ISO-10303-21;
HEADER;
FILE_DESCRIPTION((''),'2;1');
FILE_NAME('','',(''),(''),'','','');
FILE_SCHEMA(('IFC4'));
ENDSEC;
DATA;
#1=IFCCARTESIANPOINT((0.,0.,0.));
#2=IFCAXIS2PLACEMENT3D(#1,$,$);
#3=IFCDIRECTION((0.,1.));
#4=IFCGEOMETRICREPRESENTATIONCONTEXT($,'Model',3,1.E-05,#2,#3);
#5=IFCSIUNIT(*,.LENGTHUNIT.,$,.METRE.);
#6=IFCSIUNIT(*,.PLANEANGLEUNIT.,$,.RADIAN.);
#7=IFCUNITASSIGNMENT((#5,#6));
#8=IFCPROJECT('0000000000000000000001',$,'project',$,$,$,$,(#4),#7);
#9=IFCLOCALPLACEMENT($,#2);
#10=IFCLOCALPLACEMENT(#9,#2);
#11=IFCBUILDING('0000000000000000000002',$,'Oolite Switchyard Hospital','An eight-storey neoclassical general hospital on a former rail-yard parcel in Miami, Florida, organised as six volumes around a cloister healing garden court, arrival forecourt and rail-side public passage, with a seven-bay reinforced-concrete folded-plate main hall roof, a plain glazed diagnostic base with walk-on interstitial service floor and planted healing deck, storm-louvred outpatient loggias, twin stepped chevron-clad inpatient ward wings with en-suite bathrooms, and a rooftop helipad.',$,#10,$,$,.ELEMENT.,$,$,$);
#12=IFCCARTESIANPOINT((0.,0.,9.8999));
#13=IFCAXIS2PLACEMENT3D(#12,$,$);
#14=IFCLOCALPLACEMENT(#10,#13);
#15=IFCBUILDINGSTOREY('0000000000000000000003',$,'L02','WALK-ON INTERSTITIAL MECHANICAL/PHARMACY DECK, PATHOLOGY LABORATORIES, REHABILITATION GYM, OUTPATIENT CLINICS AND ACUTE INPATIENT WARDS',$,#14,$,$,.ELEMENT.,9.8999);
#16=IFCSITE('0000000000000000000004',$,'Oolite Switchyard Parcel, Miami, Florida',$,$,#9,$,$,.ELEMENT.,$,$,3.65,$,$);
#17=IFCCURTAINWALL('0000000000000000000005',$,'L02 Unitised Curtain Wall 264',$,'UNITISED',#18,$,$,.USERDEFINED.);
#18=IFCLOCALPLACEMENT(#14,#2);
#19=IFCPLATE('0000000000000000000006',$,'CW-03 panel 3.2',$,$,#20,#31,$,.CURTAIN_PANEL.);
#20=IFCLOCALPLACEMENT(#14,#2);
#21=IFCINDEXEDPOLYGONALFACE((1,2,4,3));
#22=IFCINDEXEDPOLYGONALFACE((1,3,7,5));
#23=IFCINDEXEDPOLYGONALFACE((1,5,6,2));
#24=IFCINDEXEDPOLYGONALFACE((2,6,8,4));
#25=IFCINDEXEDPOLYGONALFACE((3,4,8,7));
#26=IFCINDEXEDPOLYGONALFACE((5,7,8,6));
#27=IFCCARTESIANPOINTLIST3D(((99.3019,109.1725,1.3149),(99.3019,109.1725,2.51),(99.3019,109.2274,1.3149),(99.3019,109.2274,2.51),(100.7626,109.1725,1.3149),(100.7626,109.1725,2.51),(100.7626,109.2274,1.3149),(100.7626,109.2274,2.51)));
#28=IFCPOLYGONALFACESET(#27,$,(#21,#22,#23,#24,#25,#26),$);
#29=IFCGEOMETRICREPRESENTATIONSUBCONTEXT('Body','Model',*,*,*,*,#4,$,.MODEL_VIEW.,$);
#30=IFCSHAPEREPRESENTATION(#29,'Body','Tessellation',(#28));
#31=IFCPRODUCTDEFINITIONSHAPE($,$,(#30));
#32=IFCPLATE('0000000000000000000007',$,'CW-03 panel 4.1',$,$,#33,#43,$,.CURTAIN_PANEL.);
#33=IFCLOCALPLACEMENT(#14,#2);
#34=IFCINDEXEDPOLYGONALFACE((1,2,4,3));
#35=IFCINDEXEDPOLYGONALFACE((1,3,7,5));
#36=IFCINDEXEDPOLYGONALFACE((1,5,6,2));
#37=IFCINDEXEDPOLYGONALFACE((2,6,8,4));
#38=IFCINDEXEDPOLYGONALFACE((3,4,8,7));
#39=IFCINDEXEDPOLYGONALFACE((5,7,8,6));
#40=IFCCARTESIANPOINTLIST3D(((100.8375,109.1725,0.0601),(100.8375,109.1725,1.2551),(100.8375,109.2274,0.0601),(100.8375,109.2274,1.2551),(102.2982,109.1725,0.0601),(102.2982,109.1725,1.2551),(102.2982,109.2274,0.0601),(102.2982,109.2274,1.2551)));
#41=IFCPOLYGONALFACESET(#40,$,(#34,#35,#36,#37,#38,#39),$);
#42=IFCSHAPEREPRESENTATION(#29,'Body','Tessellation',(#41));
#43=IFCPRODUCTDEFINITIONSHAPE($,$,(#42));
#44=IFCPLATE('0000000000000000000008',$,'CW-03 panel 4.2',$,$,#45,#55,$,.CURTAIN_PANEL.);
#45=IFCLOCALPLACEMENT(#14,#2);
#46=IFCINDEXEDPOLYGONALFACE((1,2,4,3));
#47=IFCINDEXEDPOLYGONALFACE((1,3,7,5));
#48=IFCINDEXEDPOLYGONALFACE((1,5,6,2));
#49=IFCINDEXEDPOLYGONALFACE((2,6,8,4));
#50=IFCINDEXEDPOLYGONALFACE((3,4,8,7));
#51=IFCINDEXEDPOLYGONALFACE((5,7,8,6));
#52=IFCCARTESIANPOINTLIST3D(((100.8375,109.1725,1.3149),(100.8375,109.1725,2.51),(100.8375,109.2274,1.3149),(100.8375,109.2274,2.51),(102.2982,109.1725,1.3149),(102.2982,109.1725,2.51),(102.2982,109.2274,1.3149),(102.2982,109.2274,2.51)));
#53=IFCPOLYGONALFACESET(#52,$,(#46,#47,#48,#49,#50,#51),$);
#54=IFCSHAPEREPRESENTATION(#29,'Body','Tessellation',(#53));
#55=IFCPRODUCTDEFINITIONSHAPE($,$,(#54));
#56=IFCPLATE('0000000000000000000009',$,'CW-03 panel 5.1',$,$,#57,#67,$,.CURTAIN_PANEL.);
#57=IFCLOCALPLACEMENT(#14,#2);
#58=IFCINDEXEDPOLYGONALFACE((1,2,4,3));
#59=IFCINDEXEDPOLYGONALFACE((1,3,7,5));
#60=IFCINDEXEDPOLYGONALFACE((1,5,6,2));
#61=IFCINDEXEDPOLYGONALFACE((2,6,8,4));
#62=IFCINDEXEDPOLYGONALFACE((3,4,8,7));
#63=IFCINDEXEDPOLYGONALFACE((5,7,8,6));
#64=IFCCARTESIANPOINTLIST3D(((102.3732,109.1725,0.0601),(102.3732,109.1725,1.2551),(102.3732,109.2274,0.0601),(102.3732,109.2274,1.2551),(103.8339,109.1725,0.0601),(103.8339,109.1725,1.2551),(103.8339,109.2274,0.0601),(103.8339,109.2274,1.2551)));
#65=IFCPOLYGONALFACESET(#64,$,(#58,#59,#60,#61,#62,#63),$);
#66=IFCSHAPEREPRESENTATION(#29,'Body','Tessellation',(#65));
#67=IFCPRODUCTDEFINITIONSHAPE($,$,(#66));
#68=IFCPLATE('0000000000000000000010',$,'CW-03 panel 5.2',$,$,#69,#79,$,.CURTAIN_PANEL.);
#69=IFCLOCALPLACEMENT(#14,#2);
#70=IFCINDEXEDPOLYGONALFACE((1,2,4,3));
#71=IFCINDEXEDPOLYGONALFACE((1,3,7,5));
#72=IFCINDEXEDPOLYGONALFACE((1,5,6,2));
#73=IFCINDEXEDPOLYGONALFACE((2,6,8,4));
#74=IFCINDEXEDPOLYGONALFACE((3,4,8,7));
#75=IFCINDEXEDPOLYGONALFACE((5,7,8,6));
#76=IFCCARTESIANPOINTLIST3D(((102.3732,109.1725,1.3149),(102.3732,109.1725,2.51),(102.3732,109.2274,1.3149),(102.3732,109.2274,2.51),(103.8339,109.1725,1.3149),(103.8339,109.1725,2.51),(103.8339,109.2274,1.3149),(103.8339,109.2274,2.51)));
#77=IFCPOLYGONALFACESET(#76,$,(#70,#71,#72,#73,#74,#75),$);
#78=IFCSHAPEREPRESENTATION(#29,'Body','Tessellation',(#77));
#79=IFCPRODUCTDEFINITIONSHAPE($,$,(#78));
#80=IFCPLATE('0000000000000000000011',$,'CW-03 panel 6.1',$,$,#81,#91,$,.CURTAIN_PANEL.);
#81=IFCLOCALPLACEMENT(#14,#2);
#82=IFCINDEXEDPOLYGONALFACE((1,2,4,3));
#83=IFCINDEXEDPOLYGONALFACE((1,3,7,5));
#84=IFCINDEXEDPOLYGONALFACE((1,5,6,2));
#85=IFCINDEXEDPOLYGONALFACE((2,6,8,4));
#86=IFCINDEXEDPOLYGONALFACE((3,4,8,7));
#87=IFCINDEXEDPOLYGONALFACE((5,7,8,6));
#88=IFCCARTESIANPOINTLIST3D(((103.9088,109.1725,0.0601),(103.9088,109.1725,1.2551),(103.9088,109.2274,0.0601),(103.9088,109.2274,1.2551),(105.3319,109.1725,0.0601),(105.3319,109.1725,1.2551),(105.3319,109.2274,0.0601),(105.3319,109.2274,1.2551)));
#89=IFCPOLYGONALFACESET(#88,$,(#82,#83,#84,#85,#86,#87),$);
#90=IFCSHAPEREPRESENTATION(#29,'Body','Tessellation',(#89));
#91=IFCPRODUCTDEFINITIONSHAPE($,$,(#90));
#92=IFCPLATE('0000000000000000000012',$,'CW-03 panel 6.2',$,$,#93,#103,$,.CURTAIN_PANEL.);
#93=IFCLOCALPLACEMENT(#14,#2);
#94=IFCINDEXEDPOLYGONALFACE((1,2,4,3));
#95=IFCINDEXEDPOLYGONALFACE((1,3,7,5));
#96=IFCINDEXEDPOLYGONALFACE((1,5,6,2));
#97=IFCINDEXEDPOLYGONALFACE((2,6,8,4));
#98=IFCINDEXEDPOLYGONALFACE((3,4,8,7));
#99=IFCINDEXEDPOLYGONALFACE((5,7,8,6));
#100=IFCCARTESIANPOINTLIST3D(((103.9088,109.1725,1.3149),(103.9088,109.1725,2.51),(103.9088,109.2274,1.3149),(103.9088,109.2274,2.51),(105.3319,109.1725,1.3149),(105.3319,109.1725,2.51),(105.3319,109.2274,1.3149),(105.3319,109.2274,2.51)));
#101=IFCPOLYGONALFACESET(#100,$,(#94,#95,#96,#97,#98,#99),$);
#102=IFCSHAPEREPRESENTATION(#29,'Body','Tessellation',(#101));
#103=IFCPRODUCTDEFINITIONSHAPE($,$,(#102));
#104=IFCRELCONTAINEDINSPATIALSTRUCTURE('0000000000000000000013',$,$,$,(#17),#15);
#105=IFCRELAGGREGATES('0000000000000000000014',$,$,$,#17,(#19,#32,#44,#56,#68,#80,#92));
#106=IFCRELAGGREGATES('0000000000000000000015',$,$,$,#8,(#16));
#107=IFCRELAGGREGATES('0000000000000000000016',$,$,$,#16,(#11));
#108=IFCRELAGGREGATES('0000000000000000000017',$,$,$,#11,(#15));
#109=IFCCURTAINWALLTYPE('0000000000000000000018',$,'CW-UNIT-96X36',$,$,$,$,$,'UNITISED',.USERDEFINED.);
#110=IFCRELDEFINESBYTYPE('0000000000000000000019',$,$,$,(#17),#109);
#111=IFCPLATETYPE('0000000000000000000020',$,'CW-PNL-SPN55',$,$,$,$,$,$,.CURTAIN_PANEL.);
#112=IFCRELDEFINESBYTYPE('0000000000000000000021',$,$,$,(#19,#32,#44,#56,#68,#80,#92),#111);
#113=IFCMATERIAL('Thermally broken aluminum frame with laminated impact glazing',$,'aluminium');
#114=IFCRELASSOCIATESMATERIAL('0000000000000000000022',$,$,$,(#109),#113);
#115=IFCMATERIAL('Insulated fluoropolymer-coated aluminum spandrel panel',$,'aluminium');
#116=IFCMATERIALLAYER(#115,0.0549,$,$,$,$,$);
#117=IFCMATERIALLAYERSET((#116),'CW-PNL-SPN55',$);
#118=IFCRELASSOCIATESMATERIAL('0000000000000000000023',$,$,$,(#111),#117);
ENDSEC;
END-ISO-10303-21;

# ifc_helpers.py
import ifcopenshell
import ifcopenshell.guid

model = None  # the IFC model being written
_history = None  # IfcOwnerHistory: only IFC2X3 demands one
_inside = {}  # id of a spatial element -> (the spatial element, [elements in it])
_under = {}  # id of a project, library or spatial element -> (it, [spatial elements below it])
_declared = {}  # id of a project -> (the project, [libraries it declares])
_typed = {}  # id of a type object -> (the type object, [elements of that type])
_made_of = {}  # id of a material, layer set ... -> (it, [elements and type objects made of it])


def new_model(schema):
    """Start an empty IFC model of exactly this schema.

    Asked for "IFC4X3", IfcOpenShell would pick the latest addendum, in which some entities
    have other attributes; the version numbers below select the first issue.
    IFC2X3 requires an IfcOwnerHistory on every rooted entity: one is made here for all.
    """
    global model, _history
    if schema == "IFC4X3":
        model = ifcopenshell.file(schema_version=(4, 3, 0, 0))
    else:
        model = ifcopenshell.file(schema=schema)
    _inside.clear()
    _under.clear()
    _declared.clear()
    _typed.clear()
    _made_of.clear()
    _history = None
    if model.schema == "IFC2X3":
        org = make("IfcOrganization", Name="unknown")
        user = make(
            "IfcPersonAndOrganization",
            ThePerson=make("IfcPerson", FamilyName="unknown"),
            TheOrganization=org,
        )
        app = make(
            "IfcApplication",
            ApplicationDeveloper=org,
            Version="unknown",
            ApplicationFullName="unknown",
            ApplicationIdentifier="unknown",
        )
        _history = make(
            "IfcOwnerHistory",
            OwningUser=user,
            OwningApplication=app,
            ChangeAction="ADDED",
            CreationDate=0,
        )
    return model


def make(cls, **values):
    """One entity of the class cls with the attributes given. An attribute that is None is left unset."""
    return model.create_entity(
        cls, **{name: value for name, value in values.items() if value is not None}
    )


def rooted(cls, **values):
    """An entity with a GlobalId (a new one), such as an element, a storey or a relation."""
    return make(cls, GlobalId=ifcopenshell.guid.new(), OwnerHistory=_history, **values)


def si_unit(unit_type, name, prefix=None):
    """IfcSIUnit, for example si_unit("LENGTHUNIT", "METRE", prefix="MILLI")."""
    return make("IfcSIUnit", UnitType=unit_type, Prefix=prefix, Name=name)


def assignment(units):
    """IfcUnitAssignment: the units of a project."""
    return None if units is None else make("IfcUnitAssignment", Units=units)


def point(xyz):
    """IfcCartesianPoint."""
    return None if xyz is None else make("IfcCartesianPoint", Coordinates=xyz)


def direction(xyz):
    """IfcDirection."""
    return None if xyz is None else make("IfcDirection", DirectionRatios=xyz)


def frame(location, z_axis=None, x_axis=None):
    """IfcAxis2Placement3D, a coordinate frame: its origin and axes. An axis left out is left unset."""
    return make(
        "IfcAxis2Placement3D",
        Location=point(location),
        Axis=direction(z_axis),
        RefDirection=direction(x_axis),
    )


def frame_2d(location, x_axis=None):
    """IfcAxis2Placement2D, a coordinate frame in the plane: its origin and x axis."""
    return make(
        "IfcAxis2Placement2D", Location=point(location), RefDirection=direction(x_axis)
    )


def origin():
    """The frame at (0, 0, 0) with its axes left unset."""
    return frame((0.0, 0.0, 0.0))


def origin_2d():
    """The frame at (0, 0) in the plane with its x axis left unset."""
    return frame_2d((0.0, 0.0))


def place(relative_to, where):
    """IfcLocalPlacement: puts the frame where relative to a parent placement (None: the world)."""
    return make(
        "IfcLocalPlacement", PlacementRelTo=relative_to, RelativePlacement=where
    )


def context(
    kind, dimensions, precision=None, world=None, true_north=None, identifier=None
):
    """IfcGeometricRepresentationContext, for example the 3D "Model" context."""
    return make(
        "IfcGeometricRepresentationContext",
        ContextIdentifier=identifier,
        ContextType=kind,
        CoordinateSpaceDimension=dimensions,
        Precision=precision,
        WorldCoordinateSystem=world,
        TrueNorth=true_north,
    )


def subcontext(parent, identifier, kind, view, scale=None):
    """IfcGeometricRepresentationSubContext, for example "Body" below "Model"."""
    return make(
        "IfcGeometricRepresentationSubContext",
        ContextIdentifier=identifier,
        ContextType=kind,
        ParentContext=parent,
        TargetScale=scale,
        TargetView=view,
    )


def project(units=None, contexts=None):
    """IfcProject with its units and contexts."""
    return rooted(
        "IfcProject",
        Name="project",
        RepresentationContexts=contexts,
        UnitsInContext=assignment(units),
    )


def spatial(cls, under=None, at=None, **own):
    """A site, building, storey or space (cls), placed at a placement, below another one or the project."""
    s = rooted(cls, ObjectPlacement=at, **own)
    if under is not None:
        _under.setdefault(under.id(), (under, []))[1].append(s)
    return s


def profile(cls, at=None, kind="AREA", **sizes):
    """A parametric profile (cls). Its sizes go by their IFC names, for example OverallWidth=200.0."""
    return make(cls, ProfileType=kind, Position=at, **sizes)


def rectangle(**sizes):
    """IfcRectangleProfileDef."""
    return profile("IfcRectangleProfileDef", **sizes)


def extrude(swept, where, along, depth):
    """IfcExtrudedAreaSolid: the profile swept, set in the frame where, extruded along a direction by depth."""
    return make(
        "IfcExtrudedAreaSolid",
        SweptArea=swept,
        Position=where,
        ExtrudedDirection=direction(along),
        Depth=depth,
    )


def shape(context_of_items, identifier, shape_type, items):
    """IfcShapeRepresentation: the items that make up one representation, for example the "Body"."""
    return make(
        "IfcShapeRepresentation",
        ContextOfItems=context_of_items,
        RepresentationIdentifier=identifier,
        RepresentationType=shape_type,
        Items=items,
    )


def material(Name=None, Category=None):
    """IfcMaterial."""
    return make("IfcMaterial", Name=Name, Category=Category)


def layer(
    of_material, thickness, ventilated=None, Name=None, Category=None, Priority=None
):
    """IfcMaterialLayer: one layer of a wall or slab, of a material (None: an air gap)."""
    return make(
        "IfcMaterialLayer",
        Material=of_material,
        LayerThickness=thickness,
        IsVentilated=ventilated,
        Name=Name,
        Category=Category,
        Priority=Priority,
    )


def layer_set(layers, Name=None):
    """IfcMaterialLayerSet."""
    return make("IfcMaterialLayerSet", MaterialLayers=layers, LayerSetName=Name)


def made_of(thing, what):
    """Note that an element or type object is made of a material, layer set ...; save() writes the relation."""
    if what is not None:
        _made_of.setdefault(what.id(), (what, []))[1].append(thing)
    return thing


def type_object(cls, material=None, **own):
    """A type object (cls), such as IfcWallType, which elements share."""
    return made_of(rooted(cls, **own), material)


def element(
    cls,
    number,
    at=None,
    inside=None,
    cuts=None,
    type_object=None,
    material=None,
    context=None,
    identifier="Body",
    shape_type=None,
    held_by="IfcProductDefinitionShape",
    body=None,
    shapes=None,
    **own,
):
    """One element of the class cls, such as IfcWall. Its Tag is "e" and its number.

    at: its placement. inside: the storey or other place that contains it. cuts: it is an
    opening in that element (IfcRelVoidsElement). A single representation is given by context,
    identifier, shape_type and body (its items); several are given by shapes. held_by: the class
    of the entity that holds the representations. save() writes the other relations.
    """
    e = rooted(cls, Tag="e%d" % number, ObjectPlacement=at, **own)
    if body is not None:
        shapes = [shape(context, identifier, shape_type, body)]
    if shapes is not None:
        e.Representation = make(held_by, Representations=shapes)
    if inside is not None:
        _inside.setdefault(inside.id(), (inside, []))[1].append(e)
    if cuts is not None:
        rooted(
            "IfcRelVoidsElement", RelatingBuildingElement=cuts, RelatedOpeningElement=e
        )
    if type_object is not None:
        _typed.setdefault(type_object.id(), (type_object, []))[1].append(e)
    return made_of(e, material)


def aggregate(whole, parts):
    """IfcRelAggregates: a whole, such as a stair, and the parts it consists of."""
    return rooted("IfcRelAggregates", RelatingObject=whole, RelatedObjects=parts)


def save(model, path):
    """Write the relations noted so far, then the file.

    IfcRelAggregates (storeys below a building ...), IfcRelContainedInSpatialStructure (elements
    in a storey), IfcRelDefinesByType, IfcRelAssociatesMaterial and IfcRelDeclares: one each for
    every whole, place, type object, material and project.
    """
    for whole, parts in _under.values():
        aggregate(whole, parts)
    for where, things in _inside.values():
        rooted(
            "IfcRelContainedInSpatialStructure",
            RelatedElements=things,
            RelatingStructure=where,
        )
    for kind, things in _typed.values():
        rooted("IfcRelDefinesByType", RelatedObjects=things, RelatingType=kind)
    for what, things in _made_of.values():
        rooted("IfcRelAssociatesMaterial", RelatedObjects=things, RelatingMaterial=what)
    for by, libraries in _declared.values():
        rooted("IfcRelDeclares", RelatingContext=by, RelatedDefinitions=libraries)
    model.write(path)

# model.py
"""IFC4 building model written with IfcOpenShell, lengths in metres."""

from ifc_helpers import new_model, si_unit, direction, frame, origin, origin_2d, place, context, subcontext, project, spatial, rectangle, extrude, material, layer, layer_set, type_object, element, aggregate, save


model = new_model("IFC4")

# Units and contexts
model_context = context("Model", 3, precision=1e-05, world=origin(), true_north=direction((0.0, 1.0)))
body_context = subcontext(model_context, "Body", "Model", "MODEL_VIEW")
ifc_project = project(units=[si_unit("LENGTHUNIT", "METRE"), si_unit("PLANEANGLEUNIT", "RADIAN")], contexts=[model_context])

# Site, building, storey
site_placement = place(None, origin())
site = spatial("IfcSite", under=ifc_project, at=site_placement, Name="Oolite Switchyard Parcel, Miami, Florida", CompositionType="ELEMENT", RefElevation=3.65)
building_placement = place(site_placement, origin())
building = spatial("IfcBuilding", under=site, at=building_placement, Name="Oolite Switchyard Hospital", Description="An eight-storey neoclassical general hospital on a former rail-yard parcel in Miami, Florida, organised as six volumes around a cloister healing garden court, arrival forecourt and rail-side public passage, with a seven-bay reinforced-concrete folded-plate main hall roof, a plain glazed diagnostic base with walk-on interstitial service floor and planted healing deck, storm-louvred outpatient loggias, twin stepped chevron-clad inpatient ward wings with en-suite bathrooms, and a rooftop helipad.", CompositionType="ELEMENT")
storey_placement = place(building_placement, frame((0.0, 0.0, 9.8999)))
storey = spatial("IfcBuildingStorey", under=building, at=storey_placement, Name="L02", Description="WALK-ON INTERSTITIAL MECHANICAL/PHARMACY DECK, PATHOLOGY LABORATORIES, REHABILITATION GYM, OUTPATIENT CLINICS AND ACUTE INPATIENT WARDS", CompositionType="ELEMENT", Elevation=9.8999)

# Curtain wall, plates
ifc_material_1 = material(Name="Thermally broken aluminum frame with laminated impact glazing", Category="aluminium")
curtain_wall_type = type_object("IfcCurtainWallType", Name="CW-UNIT-96X36", ElementType="UNITISED", PredefinedType="USERDEFINED", material=ifc_material_1)
curtain_wall_placement = place(storey_placement, origin())
curtain_wall = element("IfcCurtainWall", 1, at=curtain_wall_placement, inside=storey, type_object=curtain_wall_type, Name="L02 Unitised Curtain Wall 264", ObjectType="UNITISED", PredefinedType="USERDEFINED")
ifc_material_2 = material(Name="Insulated fluoropolymer-coated aluminum spandrel panel", Category="aluminium")
ifc_layer = layer(ifc_material_2, 0.0549)
ifc_layer_set = layer_set([ifc_layer], Name="CW-PNL-SPN55")
plate_type = type_object("IfcPlateType", Name="CW-PNL-SPN55", PredefinedType="CURTAIN_PANEL", material=ifc_layer_set)
plate_1_placement = place(storey_placement, frame((100.0322, 109.2, 1.3149), z_axis=(0.0, 0.0, 1.0), x_axis=(1.0, 0.0, 0.0)))
plate_1 = element("IfcPlate", 2, at=plate_1_placement, type_object=plate_type, Name="CW-03 panel 3.2", PredefinedType="CURTAIN_PANEL", context=body_context, shape_type="SweptSolid", body=[
    extrude(rectangle(XDim=1.4607, YDim=0.0549, at=origin_2d()), origin(), (0.0, 0.0, 1.0), 1.1951),
])
plate_2_placement = place(storey_placement, frame((101.5679, 109.2, 0.0601), z_axis=(0.0, 0.0, 1.0), x_axis=(1.0, 0.0, 0.0)))
plate_2 = element("IfcPlate", 3, at=plate_2_placement, type_object=plate_type, Name="CW-03 panel 4.1", PredefinedType="CURTAIN_PANEL", context=body_context, shape_type="SweptSolid", body=[
    extrude(rectangle(XDim=1.4607, YDim=0.0549, at=origin_2d()), origin(), (0.0, 0.0, 1.0), 1.1951),
])
plate_3_placement = place(storey_placement, frame((101.5679, 109.2, 1.3149), z_axis=(0.0, 0.0, 1.0), x_axis=(1.0, 0.0, 0.0)))
plate_3 = element("IfcPlate", 4, at=plate_3_placement, type_object=plate_type, Name="CW-03 panel 4.2", PredefinedType="CURTAIN_PANEL", context=body_context, shape_type="SweptSolid", body=[
    extrude(rectangle(XDim=1.4607, YDim=0.0549, at=origin_2d()), origin(), (0.0, 0.0, 1.0), 1.1951),
])
plate_4_placement = place(storey_placement, frame((103.1035, 109.2, 0.0601), z_axis=(0.0, 0.0, 1.0), x_axis=(1.0, 0.0, 0.0)))
plate_4 = element("IfcPlate", 5, at=plate_4_placement, type_object=plate_type, Name="CW-03 panel 5.1", PredefinedType="CURTAIN_PANEL", context=body_context, shape_type="SweptSolid", body=[
    extrude(rectangle(XDim=1.4607, YDim=0.0549, at=origin_2d()), origin(), (0.0, 0.0, 1.0), 1.1951),
])
plate_5_placement = place(storey_placement, frame((103.1035, 109.2, 1.3149), z_axis=(0.0, 0.0, 1.0), x_axis=(1.0, 0.0, 0.0)))
plate_5 = element("IfcPlate", 6, at=plate_5_placement, type_object=plate_type, Name="CW-03 panel 5.2", PredefinedType="CURTAIN_PANEL", context=body_context, shape_type="SweptSolid", body=[
    extrude(rectangle(XDim=1.4607, YDim=0.0549, at=origin_2d()), origin(), (0.0, 0.0, 1.0), 1.1951),
])
plate_6_placement = place(storey_placement, frame((104.6204, 109.2, 0.0601), z_axis=(0.0, 0.0, 1.0), x_axis=(1.0, 0.0, 0.0)))
plate_6 = element("IfcPlate", 7, at=plate_6_placement, type_object=plate_type, Name="CW-03 panel 6.1", PredefinedType="CURTAIN_PANEL", context=body_context, shape_type="SweptSolid", body=[
    extrude(rectangle(XDim=1.4231, YDim=0.0549, at=origin_2d()), origin(), (0.0, 0.0, 1.0), 1.1951),
])
plate_7_placement = place(storey_placement, frame((104.6204, 109.2, 1.3149), z_axis=(0.0, 0.0, 1.0), x_axis=(1.0, 0.0, 0.0)))
plate_7 = element("IfcPlate", 8, at=plate_7_placement, type_object=plate_type, Name="CW-03 panel 6.2", PredefinedType="CURTAIN_PANEL", context=body_context, shape_type="SweptSolid", body=[
    extrude(rectangle(XDim=1.4231, YDim=0.0549, at=origin_2d()), origin(), (0.0, 0.0, 1.0), 1.1951),
])
aggregate(curtain_wall, [plate_1, plate_2, plate_3, plate_4, plate_5, plate_6, plate_7])

save(model, "model.ifc")
